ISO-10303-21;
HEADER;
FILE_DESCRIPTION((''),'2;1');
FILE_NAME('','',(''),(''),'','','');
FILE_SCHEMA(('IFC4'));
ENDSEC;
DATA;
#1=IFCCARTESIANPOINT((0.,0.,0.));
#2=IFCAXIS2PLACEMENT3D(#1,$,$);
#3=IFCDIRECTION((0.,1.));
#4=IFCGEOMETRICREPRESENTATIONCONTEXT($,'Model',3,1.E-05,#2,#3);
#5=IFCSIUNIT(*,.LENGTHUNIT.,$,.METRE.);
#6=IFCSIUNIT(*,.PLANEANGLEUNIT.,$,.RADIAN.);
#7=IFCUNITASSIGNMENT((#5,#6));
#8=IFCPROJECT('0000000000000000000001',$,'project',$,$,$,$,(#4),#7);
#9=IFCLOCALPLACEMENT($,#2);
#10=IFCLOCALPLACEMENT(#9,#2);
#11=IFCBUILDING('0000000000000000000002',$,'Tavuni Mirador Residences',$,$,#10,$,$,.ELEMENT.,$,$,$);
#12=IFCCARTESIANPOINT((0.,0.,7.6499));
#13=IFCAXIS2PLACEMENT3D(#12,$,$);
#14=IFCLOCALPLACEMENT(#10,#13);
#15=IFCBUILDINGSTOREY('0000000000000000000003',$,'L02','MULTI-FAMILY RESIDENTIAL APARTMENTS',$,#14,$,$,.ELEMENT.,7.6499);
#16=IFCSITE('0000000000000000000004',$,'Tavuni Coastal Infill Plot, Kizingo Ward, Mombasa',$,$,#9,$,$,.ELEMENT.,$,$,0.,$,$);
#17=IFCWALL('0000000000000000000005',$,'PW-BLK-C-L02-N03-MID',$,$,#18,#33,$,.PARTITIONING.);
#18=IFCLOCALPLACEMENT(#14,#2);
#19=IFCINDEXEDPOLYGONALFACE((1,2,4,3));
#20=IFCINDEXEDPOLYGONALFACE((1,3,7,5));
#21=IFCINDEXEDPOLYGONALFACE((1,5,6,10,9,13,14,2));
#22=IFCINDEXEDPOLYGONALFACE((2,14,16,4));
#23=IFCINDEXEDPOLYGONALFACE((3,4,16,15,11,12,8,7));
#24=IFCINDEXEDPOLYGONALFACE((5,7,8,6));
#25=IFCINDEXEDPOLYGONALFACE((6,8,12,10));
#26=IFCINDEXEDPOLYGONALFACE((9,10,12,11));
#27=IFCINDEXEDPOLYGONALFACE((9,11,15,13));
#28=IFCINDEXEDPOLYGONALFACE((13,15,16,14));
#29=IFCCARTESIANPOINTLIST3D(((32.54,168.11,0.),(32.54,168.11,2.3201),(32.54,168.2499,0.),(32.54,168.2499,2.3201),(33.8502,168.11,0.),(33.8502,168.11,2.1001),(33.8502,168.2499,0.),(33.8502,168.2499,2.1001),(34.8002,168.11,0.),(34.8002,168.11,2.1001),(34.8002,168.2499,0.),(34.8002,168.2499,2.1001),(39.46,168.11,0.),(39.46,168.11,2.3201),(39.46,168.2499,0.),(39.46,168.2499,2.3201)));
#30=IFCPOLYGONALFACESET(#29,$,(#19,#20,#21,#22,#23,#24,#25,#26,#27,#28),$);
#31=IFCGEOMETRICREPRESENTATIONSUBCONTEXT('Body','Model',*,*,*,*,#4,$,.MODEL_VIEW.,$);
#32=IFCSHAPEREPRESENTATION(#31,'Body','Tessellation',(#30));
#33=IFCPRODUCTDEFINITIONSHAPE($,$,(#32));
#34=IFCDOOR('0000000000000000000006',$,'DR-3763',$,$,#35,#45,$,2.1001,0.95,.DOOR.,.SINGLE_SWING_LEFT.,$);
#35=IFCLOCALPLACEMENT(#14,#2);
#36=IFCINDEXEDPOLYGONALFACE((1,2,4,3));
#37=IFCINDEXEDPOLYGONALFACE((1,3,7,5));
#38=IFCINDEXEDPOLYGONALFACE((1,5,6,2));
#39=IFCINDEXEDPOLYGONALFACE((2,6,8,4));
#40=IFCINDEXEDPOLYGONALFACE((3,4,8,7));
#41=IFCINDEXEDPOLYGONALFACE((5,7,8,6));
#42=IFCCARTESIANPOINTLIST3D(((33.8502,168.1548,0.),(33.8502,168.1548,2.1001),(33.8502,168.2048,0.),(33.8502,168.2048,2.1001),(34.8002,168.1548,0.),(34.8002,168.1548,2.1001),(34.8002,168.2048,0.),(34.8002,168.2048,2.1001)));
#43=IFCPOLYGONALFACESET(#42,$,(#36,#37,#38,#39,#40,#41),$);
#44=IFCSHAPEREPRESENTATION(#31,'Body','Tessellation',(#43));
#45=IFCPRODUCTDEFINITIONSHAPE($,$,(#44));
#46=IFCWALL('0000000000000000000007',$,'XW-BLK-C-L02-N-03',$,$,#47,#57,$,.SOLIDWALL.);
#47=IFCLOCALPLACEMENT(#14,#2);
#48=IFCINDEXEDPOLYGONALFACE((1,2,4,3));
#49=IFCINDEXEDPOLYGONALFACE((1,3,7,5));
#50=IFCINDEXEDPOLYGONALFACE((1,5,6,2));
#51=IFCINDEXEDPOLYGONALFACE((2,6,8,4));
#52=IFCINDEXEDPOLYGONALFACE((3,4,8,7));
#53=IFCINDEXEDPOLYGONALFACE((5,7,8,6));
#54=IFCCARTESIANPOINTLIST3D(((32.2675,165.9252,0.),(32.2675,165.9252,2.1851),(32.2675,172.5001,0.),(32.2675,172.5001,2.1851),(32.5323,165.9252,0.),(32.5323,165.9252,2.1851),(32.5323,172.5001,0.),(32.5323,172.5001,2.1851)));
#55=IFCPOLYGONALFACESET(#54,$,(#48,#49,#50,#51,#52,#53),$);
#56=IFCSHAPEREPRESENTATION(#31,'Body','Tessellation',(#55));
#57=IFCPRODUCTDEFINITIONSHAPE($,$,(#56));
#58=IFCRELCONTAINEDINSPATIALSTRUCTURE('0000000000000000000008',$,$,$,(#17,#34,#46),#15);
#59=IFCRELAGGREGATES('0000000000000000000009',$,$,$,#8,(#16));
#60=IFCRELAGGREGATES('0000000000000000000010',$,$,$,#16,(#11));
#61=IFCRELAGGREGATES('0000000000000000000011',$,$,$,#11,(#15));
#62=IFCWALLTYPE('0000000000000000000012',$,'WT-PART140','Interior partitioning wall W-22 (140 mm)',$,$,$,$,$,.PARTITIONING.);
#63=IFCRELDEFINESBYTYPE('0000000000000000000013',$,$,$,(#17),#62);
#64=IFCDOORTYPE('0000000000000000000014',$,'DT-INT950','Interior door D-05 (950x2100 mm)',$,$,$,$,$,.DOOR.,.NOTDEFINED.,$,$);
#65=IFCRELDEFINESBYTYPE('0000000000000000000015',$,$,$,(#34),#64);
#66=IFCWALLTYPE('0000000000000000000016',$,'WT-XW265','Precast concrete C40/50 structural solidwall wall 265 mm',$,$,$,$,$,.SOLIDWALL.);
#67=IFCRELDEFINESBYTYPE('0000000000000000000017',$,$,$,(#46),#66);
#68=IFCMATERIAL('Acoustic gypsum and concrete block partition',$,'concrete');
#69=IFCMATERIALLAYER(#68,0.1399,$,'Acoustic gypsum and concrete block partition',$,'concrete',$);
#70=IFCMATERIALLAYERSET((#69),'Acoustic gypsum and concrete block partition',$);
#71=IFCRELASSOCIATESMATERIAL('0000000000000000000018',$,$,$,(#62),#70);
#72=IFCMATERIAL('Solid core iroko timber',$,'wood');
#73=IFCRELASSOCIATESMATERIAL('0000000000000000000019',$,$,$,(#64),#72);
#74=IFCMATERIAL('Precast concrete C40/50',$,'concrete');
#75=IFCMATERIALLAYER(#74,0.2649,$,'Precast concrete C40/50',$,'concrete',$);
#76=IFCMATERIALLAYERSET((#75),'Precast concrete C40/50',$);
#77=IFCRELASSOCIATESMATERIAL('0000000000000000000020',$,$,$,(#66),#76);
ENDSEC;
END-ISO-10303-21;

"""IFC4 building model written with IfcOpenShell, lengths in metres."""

from ifc_helpers import new_model, si_unit, direction, frame, frame_2d, origin, place, context, subcontext, project, spatial, rectangle, extrude, material, layer, layer_set, type_object, element, fill, save


model = new_model("IFC4")

# Units and contexts
model_context = context("Model", 3, precision=1e-05, world=origin(), true_north=direction((0.0, 1.0)))
body_context = subcontext(model_context, "Body", "Model", "MODEL_VIEW")
ifc_project = project(units=[si_unit("LENGTHUNIT", "METRE"), si_unit("PLANEANGLEUNIT", "RADIAN")], contexts=[model_context])

# Site, building, storey
site_placement = place(None, origin())
site = spatial("IfcSite", under=ifc_project, at=site_placement, Name="Tavuni Coastal Infill Plot, Kizingo Ward, Mombasa", CompositionType="ELEMENT", RefElevation=0.0)
building_placement = place(site_placement, origin())
building = spatial("IfcBuilding", under=site, at=building_placement, Name="Tavuni Mirador Residences", CompositionType="ELEMENT")
storey_placement = place(building_placement, frame((0.0, 0.0, 7.6499)))
storey = spatial("IfcBuildingStorey", under=building, at=storey_placement, Name="L02", Description="MULTI-FAMILY RESIDENTIAL APARTMENTS", CompositionType="ELEMENT", Elevation=7.6499)

# Shared definitions
ifc_material_1 = material(Name="Precast concrete C40/50", Category="concrete")

# Shared definitions
ifc_material_2 = material(Name="Solid core iroko timber", Category="wood")

# Wall, opening, door
ifc_material_3 = material(Name="Acoustic gypsum and concrete block partition", Category="concrete")
ifc_layer_1 = layer(ifc_material_3, 0.1399, Name="Acoustic gypsum and concrete block partition", Category="concrete")
ifc_layer_set_1 = layer_set([ifc_layer_1], Name="Acoustic gypsum and concrete block partition")
wall_type_1 = type_object("IfcWallType", Name="WT-PART140", Description="Interior partitioning wall W-22 (140 mm)", PredefinedType="PARTITIONING", material=ifc_layer_set_1)
wall_1_placement = place(storey_placement, frame((32.54, 168.1799, 0.0), z_axis=(0.0, 0.0, 1.0), x_axis=(1.0, 0.0, 0.0)))
wall_1 = element("IfcWall", 1, at=wall_1_placement, inside=storey, type_object=wall_type_1, Name="PW-BLK-C-L02-N03-MID", PredefinedType="PARTITIONING", context=body_context, shape_type="SweptSolid", body=[
    extrude(rectangle(XDim=6.9199, YDim=0.1399, at=frame_2d((3.46, 0.0))), origin(), (0.0, 0.0, 1.0), 2.3201),
])
opening_1_placement = place(wall_1_placement, frame((1.3101, 0.0, 0.0)))
opening_1 = element("IfcOpeningElement", 2, at=opening_1_placement, cuts=wall_1, PredefinedType="OPENING", context=body_context, shape_type="SweptSolid", body=[
    extrude(rectangle(XDim=0.95, YDim=2.1001, at=frame_2d((0.4751, 1.05))), frame((0.0, 0.0801, 0.0), z_axis=(0.0, -1.0, 0.0), x_axis=(1.0, 0.0, 0.0)), (0.0, 0.0, 1.0), 0.1599),
])
door_type_1 = type_object("IfcDoorType", Name="DT-INT950", Description="Interior door D-05 (950x2100 mm)", OperationType="NOTDEFINED", PredefinedType="DOOR", material=ifc_material_2)
door_1_placement = place(opening_1_placement, origin())
door_1 = element("IfcDoor", 3, at=door_1_placement, inside=storey, type_object=door_type_1, Name="DR-3763", OperationType="SINGLE_SWING_LEFT", OverallHeight=2.1001, OverallWidth=0.95, PredefinedType="DOOR", context=body_context, shape_type="SweptSolid", body=[
    extrude(rectangle(XDim=0.95, YDim=2.1001, at=frame_2d((0.4751, 1.05))), frame((0.0, 0.0249, 0.0), z_axis=(0.0, -1.0, 0.0), x_axis=(1.0, 0.0, 0.0)), (0.0, 0.0, 1.0), 0.05),
])
fill(opening_1, door_1)

# Wall
ifc_layer_2 = layer(ifc_material_1, 0.2649, Name="Precast concrete C40/50", Category="concrete")
ifc_layer_set_2 = layer_set([ifc_layer_2], Name="Precast concrete C40/50")
wall_type_2 = type_object("IfcWallType", Name="WT-XW265", Description="Precast concrete C40/50 structural solidwall wall 265 mm", PredefinedType="SOLIDWALL", material=ifc_layer_set_2)
wall_2_placement = place(storey_placement, frame((32.3999, 165.925, 0.0), z_axis=(0.0, 0.0, 1.0), x_axis=(0.0, 1.0, 0.0)))
element("IfcWall", 4, at=wall_2_placement, inside=storey, type_object=wall_type_2, Name="XW-BLK-C-L02-N-03", PredefinedType="SOLIDWALL", context=body_context, shape_type="SweptSolid", body=[
    extrude(rectangle(XDim=6.575, YDim=0.2649, at=frame_2d((3.2876, 0.0))), origin(), (0.0, 0.0, 1.0), 2.1851),
])

save(model, "model.ifc")
